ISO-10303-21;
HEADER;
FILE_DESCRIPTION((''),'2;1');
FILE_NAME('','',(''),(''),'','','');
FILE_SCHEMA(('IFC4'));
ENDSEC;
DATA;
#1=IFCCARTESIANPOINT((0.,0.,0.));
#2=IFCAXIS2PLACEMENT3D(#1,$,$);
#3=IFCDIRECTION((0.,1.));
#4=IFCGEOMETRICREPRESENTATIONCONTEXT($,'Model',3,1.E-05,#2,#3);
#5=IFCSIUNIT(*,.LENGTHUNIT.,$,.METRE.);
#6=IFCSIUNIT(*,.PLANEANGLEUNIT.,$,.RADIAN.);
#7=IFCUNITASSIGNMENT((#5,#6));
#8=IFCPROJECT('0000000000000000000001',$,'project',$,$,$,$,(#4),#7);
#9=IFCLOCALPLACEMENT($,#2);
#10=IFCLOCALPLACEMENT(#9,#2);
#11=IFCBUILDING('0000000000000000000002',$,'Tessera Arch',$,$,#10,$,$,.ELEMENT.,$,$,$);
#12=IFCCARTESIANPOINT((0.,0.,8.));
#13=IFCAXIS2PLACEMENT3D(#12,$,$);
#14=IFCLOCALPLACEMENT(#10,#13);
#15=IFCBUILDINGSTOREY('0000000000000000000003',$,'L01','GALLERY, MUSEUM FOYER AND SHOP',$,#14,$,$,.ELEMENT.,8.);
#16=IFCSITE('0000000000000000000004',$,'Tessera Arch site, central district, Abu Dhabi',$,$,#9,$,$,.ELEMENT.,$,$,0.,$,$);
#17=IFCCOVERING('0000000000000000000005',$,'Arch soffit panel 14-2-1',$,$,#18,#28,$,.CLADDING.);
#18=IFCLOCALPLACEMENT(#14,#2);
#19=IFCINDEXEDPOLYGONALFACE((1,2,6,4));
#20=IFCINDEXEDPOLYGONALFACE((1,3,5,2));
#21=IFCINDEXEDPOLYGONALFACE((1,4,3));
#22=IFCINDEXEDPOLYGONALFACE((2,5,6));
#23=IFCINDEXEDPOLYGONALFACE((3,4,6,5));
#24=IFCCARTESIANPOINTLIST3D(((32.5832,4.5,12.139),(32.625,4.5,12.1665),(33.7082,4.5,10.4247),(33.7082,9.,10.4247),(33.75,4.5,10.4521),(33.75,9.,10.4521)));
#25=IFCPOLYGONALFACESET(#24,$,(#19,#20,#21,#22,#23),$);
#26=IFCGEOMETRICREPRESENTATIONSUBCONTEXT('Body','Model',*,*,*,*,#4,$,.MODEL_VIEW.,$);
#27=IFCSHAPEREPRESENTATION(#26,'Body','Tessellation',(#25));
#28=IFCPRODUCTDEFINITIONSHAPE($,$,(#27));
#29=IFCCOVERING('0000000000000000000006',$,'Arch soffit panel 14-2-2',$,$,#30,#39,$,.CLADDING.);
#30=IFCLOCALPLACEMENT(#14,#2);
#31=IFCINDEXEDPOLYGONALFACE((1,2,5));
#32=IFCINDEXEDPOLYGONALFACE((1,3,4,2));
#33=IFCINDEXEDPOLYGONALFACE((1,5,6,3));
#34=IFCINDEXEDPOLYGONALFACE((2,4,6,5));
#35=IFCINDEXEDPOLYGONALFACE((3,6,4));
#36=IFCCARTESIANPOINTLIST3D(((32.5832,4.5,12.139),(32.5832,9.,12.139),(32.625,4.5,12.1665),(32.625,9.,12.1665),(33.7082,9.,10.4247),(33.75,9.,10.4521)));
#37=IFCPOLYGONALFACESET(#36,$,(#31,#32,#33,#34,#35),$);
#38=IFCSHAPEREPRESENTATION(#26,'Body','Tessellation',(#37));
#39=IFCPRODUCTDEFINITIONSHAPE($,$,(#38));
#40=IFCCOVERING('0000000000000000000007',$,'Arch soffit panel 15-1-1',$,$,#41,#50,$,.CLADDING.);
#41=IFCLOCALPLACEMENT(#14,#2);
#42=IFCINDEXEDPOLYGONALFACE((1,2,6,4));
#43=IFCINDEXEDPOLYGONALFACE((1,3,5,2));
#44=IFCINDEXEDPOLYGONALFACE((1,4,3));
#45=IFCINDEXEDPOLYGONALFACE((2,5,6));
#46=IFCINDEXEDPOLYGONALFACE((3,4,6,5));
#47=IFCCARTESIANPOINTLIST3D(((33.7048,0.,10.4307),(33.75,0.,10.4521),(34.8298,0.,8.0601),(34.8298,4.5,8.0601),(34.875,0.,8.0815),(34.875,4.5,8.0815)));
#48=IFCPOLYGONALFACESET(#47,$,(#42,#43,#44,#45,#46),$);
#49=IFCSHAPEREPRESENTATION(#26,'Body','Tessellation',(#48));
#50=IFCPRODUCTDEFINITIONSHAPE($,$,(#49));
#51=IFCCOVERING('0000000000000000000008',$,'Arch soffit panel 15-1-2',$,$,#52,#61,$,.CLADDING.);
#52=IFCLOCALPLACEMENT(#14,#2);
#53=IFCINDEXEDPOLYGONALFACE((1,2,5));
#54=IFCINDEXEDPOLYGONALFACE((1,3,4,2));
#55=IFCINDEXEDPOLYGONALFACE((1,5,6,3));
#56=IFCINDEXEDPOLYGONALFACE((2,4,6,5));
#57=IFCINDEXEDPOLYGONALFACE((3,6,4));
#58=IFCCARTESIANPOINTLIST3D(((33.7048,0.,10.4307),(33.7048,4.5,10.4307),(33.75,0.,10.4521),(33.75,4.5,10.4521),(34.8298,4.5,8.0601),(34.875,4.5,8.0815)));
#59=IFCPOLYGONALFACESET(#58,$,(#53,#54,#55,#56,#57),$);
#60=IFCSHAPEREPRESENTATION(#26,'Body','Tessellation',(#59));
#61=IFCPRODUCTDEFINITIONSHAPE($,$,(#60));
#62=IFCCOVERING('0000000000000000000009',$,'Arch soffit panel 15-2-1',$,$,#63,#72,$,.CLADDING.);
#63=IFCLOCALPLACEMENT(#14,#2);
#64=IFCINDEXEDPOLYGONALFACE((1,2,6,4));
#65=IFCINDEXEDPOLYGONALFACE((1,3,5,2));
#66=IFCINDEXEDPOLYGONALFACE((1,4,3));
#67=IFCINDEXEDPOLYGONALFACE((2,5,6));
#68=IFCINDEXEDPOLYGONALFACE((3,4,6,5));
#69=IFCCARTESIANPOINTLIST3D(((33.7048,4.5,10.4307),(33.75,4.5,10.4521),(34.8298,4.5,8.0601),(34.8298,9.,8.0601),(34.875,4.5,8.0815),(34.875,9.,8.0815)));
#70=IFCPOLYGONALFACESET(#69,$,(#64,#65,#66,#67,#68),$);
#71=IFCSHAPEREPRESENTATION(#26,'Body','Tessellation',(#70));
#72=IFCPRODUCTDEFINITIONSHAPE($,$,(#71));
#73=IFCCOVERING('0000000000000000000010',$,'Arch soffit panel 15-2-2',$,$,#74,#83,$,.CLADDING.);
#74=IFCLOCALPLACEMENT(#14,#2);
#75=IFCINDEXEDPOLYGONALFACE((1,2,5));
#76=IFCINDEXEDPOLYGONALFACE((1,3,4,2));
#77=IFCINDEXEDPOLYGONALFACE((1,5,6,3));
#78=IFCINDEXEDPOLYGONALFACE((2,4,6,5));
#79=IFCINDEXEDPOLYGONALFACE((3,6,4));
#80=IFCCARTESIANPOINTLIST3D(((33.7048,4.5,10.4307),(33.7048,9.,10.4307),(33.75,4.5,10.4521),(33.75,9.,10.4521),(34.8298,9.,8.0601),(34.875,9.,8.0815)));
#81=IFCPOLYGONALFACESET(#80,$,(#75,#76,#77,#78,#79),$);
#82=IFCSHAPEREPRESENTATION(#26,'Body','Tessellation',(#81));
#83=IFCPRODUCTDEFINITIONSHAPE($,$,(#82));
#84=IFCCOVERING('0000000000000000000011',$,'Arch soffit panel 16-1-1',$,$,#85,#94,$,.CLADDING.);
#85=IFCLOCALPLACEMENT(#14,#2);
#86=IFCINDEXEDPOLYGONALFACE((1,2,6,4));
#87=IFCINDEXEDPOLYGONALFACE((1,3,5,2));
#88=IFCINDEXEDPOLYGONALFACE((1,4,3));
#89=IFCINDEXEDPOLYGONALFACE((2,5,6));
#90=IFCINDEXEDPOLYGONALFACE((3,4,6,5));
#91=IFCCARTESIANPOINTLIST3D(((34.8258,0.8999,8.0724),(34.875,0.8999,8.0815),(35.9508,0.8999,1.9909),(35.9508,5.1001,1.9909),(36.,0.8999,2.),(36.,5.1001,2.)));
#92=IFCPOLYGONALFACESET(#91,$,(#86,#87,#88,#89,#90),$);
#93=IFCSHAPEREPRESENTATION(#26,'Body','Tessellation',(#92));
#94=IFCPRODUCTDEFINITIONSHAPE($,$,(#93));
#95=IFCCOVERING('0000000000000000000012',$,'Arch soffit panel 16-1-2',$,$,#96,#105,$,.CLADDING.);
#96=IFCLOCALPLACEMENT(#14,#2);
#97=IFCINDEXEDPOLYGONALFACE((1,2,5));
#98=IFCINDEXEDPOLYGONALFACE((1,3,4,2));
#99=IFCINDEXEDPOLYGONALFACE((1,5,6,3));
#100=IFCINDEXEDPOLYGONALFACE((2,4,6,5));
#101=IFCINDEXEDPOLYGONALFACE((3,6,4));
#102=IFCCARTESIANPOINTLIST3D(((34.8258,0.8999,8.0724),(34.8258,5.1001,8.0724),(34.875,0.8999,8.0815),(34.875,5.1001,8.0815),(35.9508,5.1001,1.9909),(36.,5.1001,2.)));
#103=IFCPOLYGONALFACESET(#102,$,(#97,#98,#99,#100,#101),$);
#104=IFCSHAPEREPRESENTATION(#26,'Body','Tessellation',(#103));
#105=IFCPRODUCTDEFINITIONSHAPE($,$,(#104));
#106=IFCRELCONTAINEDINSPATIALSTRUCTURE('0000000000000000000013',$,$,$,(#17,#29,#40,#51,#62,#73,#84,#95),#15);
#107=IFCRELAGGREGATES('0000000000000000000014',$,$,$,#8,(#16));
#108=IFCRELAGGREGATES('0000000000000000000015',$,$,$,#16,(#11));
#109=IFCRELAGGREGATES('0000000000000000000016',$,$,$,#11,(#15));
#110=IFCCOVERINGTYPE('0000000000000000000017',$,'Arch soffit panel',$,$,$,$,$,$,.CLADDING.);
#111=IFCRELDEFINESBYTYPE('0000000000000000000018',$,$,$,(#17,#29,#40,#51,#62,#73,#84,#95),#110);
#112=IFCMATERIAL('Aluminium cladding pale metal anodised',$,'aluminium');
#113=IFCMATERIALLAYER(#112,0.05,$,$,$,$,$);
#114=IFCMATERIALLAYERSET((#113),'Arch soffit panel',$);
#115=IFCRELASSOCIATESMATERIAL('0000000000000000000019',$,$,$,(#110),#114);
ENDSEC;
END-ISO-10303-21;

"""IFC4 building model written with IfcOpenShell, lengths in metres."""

from ifc_helpers import new_model, si_unit, direction, frame, origin, place, context, subcontext, project, spatial, polyline, outline, extrude, material, layer, layer_set, type_object, element, save


model = new_model("IFC4")

# Units and contexts
model_context = context("Model", 3, precision=1e-05, world=origin(), true_north=direction((0.0, 1.0)))
body_context = subcontext(model_context, "Body", "Model", "MODEL_VIEW")
ifc_project = project(units=[si_unit("LENGTHUNIT", "METRE"), si_unit("PLANEANGLEUNIT", "RADIAN")], contexts=[model_context])

# Site, building, storey
site_placement = place(None, origin())
site = spatial("IfcSite", under=ifc_project, at=site_placement, Name="Tessera Arch site, central district, Abu Dhabi", CompositionType="ELEMENT", RefElevation=0.0)
building_placement = place(site_placement, origin())
building = spatial("IfcBuilding", under=site, at=building_placement, Name="Tessera Arch", CompositionType="ELEMENT")
storey_placement = place(building_placement, frame((0.0, 0.0, 8.0)))
storey = spatial("IfcBuildingStorey", under=building, at=storey_placement, Name="L01", Description="GALLERY, MUSEUM FOYER AND SHOP", CompositionType="ELEMENT", Elevation=8.0)

# Coverings
ifc_material_1 = material(Name="Aluminium cladding pale metal anodised", Category="aluminium")
ifc_layer_1 = layer(ifc_material_1, 0.05)
ifc_layer_set_1 = layer_set([ifc_layer_1], Name="Arch soffit panel")
covering_type = type_object("IfcCoveringType", Name="Arch soffit panel", PredefinedType="CLADDING", material=ifc_layer_set_1)
covering_1_placement = place(storey_placement, frame((32.625, 4.5, 12.1665), z_axis=(0.836058, 0.0, 0.548641), x_axis=(0.548641, 0.0, -0.836058)))
element("IfcCovering", 1, at=covering_1_placement, inside=storey, type_object=covering_type, Name="Arch soffit panel 14-2-1", PredefinedType="CLADDING", context=body_context, shape_type="SweptSolid", body=[
    extrude(outline(polyline([(0.0, 0.0), (2.0505, 0.0), (2.0505, 4.5), (0.0, 0.0)])), origin(), (0.0, 0.0, -1.0), 0.05),
])
covering_2_placement = place(storey_placement, frame((32.625, 4.5, 12.1665), z_axis=(0.836058, 0.0, 0.548641), x_axis=(0.227495, 0.90998, -0.346673)))
element("IfcCovering", 2, at=covering_2_placement, inside=storey, type_object=covering_type, Name="Arch soffit panel 14-2-2", PredefinedType="CLADDING", context=body_context, shape_type="SweptSolid", body=[
    extrude(outline(polyline([(0.0, 0.0), (4.9452, 0.0), (4.0949, 1.8659), (0.0, 0.0)])), origin(), (0.0, 0.0, -1.0), 0.05),
])
covering_3_placement = place(storey_placement, frame((33.75, 0.0, 10.4521), z_axis=(0.903431, 0.0, 0.428734), x_axis=(0.428734, 0.0, -0.903431)))
element("IfcCovering", 3, at=covering_3_placement, inside=storey, type_object=covering_type, Name="Arch soffit panel 15-1-1", PredefinedType="CLADDING", context=body_context, shape_type="SweptSolid", body=[
    extrude(outline(polyline([(0.0, 0.0), (2.624, 0.0), (2.624, 4.5), (0.0, 0.0)])), origin(), (0.0, 0.0, -1.0), 0.05),
])
covering_4_placement = place(storey_placement, frame((33.75, 0.0, 10.4521), z_axis=(0.903431, 0.0, 0.428734), x_axis=(0.215966, 0.863862, -0.455084)))
element("IfcCovering", 4, at=covering_4_placement, inside=storey, type_object=covering_type, Name="Arch soffit panel 15-1-2", PredefinedType="CLADDING", context=body_context, shape_type="SweptSolid", body=[
    extrude(outline(polyline([(0.0, 0.0), (5.2092, 0.0), (3.8874, 2.2668), (0.0, 0.0)])), origin(), (0.0, 0.0, -1.0), 0.05),
])
covering_5_placement = place(storey_placement, frame((33.75, 4.5, 10.4521), z_axis=(0.903431, 0.0, 0.428734), x_axis=(0.428734, 0.0, -0.903431)))
element("IfcCovering", 5, at=covering_5_placement, inside=storey, type_object=covering_type, Name="Arch soffit panel 15-2-1", PredefinedType="CLADDING", context=body_context, shape_type="SweptSolid", body=[
    extrude(outline(polyline([(0.0, 0.0), (2.624, 0.0), (2.624, 4.5), (0.0, 0.0)])), origin(), (0.0, 0.0, -1.0), 0.05),
])
covering_6_placement = place(storey_placement, frame((33.75, 4.5, 10.4521), z_axis=(0.903431, 0.0, 0.428734), x_axis=(0.215966, 0.863862, -0.455084)))
element("IfcCovering", 6, at=covering_6_placement, inside=storey, type_object=covering_type, Name="Arch soffit panel 15-2-2", PredefinedType="CLADDING", context=body_context, shape_type="SweptSolid", body=[
    extrude(outline(polyline([(0.0, 0.0), (5.2092, 0.0), (3.8874, 2.2668), (0.0, 0.0)])), origin(), (0.0, 0.0, -1.0), 0.05),
])
covering_7_placement = place(storey_placement, frame((34.875, 0.8999, 8.0815), z_axis=(0.983317, 0.0, 0.1819), x_axis=(0.1819, 0.0, -0.983317)))
element("IfcCovering", 7, at=covering_7_placement, inside=storey, type_object=covering_type, Name="Arch soffit panel 16-1-1", PredefinedType="CLADDING", context=body_context, shape_type="SweptSolid", body=[
    extrude(outline(polyline([(0.0, 0.0), (6.1847, 0.0), (6.1847, 4.2002), (0.0, 0.0)])), origin(), (0.0, 0.0, -1.0), 0.05),
])
covering_8_placement = place(storey_placement, frame((34.875, 0.8999, 8.0815), z_axis=(0.983317, 0.0, 0.1819), x_axis=(0.150479, 0.561815, -0.813462)))
element("IfcCovering", 8, at=covering_8_placement, inside=storey, type_object=covering_type, Name="Arch soffit panel 16-1-2", PredefinedType="CLADDING", context=body_context, shape_type="SweptSolid", body=[
    extrude(outline(polyline([(0.0, 0.0), (7.4761, 0.0), (2.3597, 3.4747), (0.0, 0.0)])), origin(), (0.0, 0.0, -1.0), 0.05),
])

save(model, "model.ifc")
